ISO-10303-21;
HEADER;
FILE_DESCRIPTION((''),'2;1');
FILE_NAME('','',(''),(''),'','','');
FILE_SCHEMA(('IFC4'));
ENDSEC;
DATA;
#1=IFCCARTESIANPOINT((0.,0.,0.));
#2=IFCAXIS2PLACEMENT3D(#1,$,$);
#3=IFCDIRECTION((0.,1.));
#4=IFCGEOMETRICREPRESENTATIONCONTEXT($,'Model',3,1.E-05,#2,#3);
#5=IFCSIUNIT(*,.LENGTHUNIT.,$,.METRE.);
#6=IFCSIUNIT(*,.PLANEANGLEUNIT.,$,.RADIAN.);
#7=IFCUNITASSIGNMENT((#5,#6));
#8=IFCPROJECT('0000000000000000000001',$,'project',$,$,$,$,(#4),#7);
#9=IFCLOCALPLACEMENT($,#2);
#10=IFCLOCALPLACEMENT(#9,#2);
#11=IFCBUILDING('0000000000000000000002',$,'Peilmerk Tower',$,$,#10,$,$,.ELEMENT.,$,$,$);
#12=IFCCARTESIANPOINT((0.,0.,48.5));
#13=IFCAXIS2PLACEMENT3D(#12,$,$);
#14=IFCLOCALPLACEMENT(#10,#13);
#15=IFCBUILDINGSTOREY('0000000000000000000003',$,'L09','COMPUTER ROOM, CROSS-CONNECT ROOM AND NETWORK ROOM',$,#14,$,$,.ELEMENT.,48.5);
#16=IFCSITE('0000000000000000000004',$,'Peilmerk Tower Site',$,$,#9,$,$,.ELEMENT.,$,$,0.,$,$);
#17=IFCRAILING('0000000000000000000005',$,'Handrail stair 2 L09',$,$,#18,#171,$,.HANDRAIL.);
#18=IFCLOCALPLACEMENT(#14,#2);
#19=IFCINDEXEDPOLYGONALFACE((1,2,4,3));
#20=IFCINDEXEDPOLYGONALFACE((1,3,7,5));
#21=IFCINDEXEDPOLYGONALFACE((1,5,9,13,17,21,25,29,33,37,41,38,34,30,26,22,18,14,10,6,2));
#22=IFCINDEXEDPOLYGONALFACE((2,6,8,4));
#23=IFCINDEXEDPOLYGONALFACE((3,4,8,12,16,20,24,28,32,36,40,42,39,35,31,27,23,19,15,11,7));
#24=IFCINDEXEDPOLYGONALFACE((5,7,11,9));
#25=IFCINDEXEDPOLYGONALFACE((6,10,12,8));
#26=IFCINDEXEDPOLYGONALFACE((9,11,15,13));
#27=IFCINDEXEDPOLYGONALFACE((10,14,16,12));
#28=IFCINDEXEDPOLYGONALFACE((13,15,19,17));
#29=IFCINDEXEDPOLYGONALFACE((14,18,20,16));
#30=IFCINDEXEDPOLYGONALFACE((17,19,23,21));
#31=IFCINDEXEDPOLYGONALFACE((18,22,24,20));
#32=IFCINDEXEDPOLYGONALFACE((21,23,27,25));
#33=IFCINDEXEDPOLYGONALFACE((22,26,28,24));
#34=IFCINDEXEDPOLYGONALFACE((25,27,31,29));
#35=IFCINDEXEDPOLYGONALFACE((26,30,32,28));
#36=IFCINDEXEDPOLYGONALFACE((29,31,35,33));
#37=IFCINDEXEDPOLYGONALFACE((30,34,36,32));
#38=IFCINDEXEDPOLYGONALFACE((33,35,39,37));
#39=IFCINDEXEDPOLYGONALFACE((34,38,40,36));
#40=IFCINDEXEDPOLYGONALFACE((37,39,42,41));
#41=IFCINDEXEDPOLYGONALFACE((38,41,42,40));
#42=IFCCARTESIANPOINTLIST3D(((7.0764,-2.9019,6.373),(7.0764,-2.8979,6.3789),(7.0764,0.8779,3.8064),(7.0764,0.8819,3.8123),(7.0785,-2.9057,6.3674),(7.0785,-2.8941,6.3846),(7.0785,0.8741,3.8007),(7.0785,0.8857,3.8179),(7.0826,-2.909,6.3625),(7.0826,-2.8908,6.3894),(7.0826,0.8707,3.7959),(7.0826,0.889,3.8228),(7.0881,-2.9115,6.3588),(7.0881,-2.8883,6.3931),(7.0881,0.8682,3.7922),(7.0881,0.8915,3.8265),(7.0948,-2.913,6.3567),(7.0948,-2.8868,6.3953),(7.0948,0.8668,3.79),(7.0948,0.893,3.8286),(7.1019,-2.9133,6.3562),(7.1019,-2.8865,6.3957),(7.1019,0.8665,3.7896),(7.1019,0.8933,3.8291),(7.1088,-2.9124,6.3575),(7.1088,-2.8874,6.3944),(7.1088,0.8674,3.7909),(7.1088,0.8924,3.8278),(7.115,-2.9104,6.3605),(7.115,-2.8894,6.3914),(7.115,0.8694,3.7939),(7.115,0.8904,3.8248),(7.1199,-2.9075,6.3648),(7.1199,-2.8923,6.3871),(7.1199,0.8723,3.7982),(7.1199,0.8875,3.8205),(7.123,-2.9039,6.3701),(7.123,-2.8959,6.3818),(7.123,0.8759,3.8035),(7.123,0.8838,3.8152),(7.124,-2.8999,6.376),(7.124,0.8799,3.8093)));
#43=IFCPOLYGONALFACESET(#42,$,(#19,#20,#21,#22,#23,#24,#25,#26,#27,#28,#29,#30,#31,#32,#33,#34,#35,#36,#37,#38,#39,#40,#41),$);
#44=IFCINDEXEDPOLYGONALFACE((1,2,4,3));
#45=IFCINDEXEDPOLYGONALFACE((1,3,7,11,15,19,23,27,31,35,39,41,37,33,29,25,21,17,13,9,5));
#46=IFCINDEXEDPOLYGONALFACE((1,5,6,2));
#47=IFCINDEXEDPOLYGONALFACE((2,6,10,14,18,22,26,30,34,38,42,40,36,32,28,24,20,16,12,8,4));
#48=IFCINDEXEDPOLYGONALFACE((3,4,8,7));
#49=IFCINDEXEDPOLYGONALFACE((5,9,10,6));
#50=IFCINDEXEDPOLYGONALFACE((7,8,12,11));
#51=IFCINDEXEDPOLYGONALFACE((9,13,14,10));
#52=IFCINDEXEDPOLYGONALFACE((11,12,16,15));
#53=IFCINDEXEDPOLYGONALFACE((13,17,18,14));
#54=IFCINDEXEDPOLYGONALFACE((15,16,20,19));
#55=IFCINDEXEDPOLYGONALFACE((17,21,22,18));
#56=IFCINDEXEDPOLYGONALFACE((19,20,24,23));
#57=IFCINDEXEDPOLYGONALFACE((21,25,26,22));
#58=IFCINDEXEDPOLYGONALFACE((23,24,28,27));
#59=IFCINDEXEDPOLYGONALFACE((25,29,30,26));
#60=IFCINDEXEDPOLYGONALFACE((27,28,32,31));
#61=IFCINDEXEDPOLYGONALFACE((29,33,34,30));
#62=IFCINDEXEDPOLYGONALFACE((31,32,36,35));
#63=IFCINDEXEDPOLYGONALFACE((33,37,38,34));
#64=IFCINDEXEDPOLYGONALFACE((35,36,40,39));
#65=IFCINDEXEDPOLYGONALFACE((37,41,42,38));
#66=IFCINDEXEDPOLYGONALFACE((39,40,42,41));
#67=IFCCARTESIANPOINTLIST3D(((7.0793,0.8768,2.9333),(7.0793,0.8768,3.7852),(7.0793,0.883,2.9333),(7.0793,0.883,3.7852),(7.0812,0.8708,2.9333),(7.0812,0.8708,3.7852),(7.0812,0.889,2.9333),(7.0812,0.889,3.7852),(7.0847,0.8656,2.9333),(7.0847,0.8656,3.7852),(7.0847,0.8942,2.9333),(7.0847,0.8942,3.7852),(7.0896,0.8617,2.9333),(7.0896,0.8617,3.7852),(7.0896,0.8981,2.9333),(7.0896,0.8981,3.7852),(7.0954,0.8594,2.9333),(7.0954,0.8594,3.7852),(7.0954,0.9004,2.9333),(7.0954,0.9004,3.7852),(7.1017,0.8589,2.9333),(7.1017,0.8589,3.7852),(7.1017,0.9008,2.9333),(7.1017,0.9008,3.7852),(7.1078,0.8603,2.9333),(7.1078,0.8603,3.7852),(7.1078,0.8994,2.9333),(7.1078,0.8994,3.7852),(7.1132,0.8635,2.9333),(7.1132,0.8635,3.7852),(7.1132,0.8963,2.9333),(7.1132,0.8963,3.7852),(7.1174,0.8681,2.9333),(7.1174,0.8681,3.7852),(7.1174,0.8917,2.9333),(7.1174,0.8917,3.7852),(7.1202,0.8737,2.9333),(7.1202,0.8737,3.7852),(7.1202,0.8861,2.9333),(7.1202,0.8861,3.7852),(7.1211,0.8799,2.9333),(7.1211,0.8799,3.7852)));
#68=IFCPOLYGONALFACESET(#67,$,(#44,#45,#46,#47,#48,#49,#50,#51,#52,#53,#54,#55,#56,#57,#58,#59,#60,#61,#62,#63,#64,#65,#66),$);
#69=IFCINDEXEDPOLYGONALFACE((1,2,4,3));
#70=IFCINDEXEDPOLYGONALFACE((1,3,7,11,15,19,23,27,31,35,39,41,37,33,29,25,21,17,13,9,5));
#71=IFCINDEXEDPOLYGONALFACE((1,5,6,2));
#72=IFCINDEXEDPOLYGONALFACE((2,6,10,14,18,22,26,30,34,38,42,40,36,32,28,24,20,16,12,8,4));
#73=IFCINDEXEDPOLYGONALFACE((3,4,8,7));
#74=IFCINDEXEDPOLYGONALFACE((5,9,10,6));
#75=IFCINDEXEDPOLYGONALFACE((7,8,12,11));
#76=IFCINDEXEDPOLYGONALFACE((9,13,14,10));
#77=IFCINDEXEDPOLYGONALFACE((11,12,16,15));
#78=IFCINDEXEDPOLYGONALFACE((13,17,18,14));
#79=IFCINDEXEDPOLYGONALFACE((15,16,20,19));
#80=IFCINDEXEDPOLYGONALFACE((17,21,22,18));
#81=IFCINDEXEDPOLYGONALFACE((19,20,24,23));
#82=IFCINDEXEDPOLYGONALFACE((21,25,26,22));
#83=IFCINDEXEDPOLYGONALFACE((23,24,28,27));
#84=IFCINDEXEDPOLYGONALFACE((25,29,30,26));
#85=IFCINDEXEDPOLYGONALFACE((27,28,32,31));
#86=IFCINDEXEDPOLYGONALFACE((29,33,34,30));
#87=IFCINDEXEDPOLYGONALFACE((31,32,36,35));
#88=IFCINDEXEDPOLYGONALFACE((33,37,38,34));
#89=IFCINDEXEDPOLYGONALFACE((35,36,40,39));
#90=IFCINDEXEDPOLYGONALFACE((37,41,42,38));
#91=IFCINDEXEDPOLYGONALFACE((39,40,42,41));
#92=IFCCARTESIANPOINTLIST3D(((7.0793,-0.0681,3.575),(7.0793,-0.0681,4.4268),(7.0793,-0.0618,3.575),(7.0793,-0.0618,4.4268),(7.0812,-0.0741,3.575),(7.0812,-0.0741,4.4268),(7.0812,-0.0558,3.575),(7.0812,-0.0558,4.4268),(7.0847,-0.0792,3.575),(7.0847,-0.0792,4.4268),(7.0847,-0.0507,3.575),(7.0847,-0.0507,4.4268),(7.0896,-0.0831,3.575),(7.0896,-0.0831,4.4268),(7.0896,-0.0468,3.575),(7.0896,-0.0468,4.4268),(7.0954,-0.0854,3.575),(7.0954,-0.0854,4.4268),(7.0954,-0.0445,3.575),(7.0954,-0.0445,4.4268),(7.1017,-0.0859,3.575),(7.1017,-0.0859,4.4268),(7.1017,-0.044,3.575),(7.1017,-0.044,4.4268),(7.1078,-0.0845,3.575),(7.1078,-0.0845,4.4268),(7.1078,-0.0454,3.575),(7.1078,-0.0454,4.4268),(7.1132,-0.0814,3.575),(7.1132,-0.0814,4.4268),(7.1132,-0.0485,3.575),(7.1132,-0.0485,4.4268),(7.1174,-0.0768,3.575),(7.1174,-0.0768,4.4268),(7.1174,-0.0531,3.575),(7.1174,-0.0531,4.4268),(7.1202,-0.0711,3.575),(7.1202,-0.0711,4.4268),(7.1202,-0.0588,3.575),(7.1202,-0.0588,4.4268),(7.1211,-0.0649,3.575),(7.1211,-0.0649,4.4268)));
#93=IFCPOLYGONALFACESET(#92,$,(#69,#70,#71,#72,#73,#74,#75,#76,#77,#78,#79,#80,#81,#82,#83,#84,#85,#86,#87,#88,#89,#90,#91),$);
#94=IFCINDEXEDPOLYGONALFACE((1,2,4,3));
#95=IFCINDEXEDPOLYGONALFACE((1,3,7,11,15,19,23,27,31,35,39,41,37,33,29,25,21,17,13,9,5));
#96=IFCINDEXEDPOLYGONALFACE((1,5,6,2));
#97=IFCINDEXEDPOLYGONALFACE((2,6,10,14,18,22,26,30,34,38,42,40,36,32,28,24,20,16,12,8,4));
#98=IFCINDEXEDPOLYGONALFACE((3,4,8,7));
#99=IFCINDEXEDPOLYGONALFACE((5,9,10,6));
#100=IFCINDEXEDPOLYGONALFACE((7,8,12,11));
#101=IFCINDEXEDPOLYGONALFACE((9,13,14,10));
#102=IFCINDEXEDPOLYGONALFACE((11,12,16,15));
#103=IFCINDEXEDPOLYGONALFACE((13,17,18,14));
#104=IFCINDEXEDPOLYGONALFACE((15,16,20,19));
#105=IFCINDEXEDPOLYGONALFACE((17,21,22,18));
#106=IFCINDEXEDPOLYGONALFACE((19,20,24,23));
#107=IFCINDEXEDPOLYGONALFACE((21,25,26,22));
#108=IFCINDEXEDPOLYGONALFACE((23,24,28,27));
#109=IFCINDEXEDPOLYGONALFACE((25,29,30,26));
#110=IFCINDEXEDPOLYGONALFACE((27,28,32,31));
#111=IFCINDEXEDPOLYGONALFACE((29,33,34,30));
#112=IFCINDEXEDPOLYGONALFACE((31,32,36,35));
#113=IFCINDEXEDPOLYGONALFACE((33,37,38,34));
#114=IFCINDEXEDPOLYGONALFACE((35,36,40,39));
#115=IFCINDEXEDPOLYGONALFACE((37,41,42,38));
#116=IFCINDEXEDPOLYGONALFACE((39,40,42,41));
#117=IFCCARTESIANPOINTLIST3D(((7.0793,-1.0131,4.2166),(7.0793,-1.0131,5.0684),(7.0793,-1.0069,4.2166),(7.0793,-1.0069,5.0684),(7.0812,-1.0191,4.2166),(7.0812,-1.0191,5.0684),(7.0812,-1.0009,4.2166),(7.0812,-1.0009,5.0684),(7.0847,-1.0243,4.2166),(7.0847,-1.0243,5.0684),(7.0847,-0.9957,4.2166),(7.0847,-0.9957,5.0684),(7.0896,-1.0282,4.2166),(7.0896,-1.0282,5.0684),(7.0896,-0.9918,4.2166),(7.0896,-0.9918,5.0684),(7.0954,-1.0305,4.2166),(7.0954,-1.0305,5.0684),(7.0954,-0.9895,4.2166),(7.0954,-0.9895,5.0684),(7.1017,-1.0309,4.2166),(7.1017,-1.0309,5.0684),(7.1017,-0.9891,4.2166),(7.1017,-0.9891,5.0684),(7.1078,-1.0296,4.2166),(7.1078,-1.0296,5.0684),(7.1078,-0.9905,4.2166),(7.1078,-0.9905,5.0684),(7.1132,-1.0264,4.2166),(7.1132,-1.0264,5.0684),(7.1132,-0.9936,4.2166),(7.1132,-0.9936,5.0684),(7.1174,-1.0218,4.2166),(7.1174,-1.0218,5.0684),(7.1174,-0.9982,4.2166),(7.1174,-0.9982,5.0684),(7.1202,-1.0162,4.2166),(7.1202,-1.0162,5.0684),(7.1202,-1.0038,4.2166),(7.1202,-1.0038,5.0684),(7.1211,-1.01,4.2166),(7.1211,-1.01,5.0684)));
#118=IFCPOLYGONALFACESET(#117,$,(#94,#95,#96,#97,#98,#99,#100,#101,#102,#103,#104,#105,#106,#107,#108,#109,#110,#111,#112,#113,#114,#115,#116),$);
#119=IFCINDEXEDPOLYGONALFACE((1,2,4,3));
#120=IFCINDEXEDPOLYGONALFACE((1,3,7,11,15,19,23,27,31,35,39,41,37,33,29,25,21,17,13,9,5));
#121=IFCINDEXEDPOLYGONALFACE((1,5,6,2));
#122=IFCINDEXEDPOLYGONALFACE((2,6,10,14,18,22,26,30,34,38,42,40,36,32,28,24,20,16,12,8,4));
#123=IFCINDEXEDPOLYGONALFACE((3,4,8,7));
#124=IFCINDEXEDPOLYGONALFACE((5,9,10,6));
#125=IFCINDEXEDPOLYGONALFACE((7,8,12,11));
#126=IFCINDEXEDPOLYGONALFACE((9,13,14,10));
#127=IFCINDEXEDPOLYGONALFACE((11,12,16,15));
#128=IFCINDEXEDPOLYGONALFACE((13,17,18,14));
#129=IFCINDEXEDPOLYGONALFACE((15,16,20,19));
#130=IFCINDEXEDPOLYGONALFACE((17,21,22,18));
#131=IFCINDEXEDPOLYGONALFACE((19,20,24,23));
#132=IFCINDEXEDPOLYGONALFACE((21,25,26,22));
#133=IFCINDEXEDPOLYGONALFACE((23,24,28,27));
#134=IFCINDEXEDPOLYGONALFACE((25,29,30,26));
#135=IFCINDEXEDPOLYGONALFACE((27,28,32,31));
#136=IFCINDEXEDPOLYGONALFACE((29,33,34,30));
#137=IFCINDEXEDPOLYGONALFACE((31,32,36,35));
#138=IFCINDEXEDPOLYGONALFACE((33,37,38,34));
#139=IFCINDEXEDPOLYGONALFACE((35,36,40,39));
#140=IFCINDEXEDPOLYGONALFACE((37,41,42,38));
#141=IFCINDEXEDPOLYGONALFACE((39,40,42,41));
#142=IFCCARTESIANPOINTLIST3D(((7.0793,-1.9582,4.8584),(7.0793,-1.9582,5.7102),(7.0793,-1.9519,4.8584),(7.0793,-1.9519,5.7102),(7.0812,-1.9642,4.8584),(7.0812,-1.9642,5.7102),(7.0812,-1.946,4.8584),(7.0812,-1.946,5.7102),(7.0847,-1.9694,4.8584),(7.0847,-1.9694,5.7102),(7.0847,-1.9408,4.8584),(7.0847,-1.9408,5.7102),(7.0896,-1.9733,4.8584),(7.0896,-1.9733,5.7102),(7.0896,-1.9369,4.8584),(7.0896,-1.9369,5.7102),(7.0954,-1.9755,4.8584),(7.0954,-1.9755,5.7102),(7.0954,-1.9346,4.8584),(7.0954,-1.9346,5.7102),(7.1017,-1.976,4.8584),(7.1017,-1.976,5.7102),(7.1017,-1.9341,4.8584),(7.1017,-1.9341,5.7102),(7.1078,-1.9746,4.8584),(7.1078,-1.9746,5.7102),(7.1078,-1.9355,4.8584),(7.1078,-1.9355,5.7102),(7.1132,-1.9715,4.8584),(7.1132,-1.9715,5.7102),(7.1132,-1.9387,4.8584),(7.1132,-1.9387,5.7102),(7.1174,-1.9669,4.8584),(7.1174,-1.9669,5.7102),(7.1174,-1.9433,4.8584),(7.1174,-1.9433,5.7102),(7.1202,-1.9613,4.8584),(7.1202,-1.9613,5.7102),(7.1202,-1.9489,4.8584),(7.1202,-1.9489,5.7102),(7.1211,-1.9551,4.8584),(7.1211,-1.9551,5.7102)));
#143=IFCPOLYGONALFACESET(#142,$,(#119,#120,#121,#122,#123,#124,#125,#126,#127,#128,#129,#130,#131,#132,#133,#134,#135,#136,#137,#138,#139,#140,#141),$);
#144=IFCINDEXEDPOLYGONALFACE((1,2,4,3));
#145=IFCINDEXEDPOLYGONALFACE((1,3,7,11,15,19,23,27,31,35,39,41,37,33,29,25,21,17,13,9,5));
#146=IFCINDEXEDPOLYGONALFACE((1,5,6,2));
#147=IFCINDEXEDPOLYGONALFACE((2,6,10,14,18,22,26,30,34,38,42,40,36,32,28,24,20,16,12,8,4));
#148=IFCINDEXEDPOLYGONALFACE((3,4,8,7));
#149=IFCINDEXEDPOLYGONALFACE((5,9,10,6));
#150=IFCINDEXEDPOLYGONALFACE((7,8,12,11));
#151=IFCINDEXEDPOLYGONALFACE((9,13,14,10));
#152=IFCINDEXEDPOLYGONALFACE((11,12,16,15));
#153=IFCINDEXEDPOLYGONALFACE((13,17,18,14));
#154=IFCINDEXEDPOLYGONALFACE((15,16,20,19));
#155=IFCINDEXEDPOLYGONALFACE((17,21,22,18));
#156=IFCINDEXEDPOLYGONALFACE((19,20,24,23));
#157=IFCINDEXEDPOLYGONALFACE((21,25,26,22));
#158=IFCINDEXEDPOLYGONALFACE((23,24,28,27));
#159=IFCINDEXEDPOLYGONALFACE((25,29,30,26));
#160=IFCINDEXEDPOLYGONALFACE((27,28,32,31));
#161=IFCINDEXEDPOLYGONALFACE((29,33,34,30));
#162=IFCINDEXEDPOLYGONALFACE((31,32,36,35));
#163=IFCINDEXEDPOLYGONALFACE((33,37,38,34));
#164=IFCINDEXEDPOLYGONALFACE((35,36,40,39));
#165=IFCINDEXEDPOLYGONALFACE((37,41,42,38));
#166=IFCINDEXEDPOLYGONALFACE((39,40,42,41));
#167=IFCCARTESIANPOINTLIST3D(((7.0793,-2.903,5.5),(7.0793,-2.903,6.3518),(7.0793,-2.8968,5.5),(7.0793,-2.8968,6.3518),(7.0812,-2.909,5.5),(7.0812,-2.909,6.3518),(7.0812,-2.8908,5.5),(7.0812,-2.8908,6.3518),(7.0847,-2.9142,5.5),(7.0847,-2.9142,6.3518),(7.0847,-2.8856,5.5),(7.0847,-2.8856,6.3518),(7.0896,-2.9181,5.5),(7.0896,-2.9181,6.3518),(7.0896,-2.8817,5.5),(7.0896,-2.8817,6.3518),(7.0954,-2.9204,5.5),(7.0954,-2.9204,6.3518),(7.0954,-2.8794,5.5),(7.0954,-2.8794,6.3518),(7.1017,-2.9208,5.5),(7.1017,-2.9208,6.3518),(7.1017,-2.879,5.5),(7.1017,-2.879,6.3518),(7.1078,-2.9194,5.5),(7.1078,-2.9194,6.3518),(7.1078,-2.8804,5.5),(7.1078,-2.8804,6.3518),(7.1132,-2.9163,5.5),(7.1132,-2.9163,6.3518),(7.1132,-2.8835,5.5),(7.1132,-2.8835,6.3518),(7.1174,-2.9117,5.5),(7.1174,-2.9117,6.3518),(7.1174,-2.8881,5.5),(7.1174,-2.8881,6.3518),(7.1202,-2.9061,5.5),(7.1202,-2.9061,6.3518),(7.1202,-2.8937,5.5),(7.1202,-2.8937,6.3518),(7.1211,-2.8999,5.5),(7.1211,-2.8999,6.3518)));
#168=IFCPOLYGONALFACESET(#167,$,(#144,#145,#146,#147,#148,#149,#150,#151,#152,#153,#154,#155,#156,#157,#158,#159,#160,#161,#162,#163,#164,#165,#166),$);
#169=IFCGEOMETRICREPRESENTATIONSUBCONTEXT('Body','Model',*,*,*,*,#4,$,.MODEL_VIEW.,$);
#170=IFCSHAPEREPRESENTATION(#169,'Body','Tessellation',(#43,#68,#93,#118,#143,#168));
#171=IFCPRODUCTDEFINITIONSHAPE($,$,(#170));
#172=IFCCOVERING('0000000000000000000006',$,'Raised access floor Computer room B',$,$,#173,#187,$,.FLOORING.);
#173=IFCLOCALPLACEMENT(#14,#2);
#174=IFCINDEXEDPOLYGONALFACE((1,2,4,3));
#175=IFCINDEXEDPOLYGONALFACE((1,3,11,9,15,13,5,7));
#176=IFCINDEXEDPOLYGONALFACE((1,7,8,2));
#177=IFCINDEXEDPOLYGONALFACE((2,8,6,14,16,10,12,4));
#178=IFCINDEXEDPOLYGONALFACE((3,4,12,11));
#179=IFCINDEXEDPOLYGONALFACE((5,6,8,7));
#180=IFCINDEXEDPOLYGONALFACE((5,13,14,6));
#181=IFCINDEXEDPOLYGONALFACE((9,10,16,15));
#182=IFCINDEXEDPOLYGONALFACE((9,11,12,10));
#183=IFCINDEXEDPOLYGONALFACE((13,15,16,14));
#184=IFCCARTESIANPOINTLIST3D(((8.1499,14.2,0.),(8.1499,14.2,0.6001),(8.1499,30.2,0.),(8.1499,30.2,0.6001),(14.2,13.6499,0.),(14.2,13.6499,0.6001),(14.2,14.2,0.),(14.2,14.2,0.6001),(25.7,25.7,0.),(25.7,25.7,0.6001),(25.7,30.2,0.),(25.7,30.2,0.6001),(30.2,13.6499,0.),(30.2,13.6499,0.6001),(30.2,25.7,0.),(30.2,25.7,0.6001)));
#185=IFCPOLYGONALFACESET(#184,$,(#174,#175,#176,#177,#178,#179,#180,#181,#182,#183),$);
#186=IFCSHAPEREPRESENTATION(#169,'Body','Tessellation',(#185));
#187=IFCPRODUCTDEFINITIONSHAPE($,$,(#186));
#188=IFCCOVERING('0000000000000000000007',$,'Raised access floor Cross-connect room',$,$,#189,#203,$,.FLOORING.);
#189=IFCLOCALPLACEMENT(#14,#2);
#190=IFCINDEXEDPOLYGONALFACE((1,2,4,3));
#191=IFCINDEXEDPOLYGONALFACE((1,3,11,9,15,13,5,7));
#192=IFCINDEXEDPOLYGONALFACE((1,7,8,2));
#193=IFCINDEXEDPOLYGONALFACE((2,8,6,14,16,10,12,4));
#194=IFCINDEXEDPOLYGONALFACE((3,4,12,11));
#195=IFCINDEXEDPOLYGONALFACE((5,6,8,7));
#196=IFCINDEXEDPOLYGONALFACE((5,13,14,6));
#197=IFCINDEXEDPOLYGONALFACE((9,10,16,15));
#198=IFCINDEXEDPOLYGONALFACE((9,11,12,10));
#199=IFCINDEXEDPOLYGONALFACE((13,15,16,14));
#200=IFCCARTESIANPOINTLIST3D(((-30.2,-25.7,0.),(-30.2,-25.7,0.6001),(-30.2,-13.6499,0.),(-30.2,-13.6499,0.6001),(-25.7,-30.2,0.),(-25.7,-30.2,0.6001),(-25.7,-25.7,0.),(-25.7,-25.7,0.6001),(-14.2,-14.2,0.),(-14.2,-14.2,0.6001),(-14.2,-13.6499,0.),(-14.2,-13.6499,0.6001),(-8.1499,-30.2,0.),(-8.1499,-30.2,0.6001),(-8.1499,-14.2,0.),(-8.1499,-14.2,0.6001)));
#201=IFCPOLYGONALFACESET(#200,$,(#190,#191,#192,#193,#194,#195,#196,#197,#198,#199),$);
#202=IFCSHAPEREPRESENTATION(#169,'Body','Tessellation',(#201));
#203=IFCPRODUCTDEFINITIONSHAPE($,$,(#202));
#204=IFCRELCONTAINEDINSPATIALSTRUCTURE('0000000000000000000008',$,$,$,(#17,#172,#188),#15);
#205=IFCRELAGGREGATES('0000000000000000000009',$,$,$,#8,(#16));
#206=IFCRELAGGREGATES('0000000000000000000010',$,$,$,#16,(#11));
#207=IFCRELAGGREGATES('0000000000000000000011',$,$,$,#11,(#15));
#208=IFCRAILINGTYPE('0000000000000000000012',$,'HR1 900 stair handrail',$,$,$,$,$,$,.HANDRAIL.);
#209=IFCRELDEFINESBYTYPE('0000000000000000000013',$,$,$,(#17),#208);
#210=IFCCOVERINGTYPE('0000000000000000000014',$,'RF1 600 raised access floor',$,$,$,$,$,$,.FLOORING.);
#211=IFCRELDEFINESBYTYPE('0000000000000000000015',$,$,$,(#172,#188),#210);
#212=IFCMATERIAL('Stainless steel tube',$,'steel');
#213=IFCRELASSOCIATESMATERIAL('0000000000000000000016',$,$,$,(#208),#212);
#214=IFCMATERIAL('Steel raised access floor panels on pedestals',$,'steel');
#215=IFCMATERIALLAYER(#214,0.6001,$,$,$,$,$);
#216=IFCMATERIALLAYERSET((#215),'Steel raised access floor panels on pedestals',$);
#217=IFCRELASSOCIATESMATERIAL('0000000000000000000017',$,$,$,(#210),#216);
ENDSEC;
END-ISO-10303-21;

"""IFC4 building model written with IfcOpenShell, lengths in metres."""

from ifc_helpers import new_model, si_unit, direction, frame, origin, origin_2d, place, context, subcontext, project, spatial, polyline, circle, outline, extrude, material, layer, layer_set, type_object, element, save


model = new_model("IFC4")

# Units and contexts
model_context = context("Model", 3, precision=1e-05, world=origin(), true_north=direction((0.0, 1.0)))
body_context = subcontext(model_context, "Body", "Model", "MODEL_VIEW")
ifc_project = project(units=[si_unit("LENGTHUNIT", "METRE"), si_unit("PLANEANGLEUNIT", "RADIAN")], contexts=[model_context])

# Site, building, storey
site_placement = place(None, origin())
site = spatial("IfcSite", under=ifc_project, at=site_placement, Name="Peilmerk Tower Site", CompositionType="ELEMENT", RefElevation=0.0)
building_placement = place(site_placement, origin())
building = spatial("IfcBuilding", under=site, at=building_placement, Name="Peilmerk Tower", CompositionType="ELEMENT")
storey_placement = place(building_placement, frame((0.0, 0.0, 48.5)))
storey = spatial("IfcBuildingStorey", under=building, at=storey_placement, Name="L09", Description="COMPUTER ROOM, CROSS-CONNECT ROOM AND NETWORK ROOM", CompositionType="ELEMENT", Elevation=48.5)

# Railing
ifc_material_1 = material(Name="Stainless steel tube", Category="steel")
railing_type_1 = type_object("IfcRailingType", Name="HR1 900 stair handrail", PredefinedType="HANDRAIL", material=ifc_material_1)
railing_1_placement = place(storey_placement, frame((7.1001, 0.8799, 2.9333)))
element("IfcRailing", 1, at=railing_1_placement, inside=storey, type_object=railing_type_1, Name="Handrail stair 2 L09", PredefinedType="HANDRAIL", context=body_context, shape_type="SweptSolid", body=[
    extrude(circle(Radius=0.0239, at=origin_2d()), frame((0.0, 0.0, 0.876), z_axis=(0.0, -0.827293, 0.561771), x_axis=(1.0, 0.0, 0.0)), (0.0, 0.0, 1.0), 4.5688),
    extrude(circle(Radius=0.021, at=origin_2d()), origin(), (0.0, 0.0, 1.0), 0.8518),
    extrude(circle(Radius=0.021, at=origin_2d()), frame((0.0, -0.9448, 0.6416)), (0.0, 0.0, 1.0), 0.8518),
    extrude(circle(Radius=0.021, at=origin_2d()), frame((0.0, -1.8899, 1.2832)), (0.0, 0.0, 1.0), 0.8518),
    extrude(circle(Radius=0.021, at=origin_2d()), frame((0.0, -2.835, 1.925)), (0.0, 0.0, 1.0), 0.8518),
    extrude(circle(Radius=0.021, at=origin_2d()), frame((0.0, -3.7798, 2.5667)), (0.0, 0.0, 1.0), 0.8518),
])

# Coverings
ifc_material_2 = material(Name="Steel raised access floor panels on pedestals", Category="steel")
ifc_layer_1 = layer(ifc_material_2, 0.6001)
ifc_layer_set_1 = layer_set([ifc_layer_1], Name="Steel raised access floor panels on pedestals")
covering_type_1 = type_object("IfcCoveringType", Name="RF1 600 raised access floor", PredefinedType="FLOORING", material=ifc_layer_set_1)
covering_1_placement = place(storey_placement, origin())
element("IfcCovering", 2, at=covering_1_placement, inside=storey, type_object=covering_type_1, Name="Raised access floor Computer room B", PredefinedType="FLOORING", context=body_context, shape_type="SweptSolid", body=[
    extrude(outline(polyline([(25.7, 30.2), (8.1499, 30.2), (8.1499, 14.2), (14.2, 14.2), (14.2, 13.6499), (30.2, 13.6499), (30.2, 25.7), (25.7, 25.7), (25.7, 30.2)])), origin(), (0.0, 0.0, 1.0), 0.6001),
])
covering_2_placement = place(storey_placement, origin())
element("IfcCovering", 3, at=covering_2_placement, inside=storey, type_object=covering_type_1, Name="Raised access floor Cross-connect room", PredefinedType="FLOORING", context=body_context, shape_type="SweptSolid", body=[
    extrude(outline(polyline([(-25.7, -30.2), (-8.1499, -30.2), (-8.1499, -14.2), (-14.2, -14.2), (-14.2, -13.6499), (-30.2, -13.6499), (-30.2, -25.7), (-25.7, -25.7), (-25.7, -30.2)])), origin(), (0.0, 0.0, 1.0), 0.6001),
])

save(model, "model.ifc")
